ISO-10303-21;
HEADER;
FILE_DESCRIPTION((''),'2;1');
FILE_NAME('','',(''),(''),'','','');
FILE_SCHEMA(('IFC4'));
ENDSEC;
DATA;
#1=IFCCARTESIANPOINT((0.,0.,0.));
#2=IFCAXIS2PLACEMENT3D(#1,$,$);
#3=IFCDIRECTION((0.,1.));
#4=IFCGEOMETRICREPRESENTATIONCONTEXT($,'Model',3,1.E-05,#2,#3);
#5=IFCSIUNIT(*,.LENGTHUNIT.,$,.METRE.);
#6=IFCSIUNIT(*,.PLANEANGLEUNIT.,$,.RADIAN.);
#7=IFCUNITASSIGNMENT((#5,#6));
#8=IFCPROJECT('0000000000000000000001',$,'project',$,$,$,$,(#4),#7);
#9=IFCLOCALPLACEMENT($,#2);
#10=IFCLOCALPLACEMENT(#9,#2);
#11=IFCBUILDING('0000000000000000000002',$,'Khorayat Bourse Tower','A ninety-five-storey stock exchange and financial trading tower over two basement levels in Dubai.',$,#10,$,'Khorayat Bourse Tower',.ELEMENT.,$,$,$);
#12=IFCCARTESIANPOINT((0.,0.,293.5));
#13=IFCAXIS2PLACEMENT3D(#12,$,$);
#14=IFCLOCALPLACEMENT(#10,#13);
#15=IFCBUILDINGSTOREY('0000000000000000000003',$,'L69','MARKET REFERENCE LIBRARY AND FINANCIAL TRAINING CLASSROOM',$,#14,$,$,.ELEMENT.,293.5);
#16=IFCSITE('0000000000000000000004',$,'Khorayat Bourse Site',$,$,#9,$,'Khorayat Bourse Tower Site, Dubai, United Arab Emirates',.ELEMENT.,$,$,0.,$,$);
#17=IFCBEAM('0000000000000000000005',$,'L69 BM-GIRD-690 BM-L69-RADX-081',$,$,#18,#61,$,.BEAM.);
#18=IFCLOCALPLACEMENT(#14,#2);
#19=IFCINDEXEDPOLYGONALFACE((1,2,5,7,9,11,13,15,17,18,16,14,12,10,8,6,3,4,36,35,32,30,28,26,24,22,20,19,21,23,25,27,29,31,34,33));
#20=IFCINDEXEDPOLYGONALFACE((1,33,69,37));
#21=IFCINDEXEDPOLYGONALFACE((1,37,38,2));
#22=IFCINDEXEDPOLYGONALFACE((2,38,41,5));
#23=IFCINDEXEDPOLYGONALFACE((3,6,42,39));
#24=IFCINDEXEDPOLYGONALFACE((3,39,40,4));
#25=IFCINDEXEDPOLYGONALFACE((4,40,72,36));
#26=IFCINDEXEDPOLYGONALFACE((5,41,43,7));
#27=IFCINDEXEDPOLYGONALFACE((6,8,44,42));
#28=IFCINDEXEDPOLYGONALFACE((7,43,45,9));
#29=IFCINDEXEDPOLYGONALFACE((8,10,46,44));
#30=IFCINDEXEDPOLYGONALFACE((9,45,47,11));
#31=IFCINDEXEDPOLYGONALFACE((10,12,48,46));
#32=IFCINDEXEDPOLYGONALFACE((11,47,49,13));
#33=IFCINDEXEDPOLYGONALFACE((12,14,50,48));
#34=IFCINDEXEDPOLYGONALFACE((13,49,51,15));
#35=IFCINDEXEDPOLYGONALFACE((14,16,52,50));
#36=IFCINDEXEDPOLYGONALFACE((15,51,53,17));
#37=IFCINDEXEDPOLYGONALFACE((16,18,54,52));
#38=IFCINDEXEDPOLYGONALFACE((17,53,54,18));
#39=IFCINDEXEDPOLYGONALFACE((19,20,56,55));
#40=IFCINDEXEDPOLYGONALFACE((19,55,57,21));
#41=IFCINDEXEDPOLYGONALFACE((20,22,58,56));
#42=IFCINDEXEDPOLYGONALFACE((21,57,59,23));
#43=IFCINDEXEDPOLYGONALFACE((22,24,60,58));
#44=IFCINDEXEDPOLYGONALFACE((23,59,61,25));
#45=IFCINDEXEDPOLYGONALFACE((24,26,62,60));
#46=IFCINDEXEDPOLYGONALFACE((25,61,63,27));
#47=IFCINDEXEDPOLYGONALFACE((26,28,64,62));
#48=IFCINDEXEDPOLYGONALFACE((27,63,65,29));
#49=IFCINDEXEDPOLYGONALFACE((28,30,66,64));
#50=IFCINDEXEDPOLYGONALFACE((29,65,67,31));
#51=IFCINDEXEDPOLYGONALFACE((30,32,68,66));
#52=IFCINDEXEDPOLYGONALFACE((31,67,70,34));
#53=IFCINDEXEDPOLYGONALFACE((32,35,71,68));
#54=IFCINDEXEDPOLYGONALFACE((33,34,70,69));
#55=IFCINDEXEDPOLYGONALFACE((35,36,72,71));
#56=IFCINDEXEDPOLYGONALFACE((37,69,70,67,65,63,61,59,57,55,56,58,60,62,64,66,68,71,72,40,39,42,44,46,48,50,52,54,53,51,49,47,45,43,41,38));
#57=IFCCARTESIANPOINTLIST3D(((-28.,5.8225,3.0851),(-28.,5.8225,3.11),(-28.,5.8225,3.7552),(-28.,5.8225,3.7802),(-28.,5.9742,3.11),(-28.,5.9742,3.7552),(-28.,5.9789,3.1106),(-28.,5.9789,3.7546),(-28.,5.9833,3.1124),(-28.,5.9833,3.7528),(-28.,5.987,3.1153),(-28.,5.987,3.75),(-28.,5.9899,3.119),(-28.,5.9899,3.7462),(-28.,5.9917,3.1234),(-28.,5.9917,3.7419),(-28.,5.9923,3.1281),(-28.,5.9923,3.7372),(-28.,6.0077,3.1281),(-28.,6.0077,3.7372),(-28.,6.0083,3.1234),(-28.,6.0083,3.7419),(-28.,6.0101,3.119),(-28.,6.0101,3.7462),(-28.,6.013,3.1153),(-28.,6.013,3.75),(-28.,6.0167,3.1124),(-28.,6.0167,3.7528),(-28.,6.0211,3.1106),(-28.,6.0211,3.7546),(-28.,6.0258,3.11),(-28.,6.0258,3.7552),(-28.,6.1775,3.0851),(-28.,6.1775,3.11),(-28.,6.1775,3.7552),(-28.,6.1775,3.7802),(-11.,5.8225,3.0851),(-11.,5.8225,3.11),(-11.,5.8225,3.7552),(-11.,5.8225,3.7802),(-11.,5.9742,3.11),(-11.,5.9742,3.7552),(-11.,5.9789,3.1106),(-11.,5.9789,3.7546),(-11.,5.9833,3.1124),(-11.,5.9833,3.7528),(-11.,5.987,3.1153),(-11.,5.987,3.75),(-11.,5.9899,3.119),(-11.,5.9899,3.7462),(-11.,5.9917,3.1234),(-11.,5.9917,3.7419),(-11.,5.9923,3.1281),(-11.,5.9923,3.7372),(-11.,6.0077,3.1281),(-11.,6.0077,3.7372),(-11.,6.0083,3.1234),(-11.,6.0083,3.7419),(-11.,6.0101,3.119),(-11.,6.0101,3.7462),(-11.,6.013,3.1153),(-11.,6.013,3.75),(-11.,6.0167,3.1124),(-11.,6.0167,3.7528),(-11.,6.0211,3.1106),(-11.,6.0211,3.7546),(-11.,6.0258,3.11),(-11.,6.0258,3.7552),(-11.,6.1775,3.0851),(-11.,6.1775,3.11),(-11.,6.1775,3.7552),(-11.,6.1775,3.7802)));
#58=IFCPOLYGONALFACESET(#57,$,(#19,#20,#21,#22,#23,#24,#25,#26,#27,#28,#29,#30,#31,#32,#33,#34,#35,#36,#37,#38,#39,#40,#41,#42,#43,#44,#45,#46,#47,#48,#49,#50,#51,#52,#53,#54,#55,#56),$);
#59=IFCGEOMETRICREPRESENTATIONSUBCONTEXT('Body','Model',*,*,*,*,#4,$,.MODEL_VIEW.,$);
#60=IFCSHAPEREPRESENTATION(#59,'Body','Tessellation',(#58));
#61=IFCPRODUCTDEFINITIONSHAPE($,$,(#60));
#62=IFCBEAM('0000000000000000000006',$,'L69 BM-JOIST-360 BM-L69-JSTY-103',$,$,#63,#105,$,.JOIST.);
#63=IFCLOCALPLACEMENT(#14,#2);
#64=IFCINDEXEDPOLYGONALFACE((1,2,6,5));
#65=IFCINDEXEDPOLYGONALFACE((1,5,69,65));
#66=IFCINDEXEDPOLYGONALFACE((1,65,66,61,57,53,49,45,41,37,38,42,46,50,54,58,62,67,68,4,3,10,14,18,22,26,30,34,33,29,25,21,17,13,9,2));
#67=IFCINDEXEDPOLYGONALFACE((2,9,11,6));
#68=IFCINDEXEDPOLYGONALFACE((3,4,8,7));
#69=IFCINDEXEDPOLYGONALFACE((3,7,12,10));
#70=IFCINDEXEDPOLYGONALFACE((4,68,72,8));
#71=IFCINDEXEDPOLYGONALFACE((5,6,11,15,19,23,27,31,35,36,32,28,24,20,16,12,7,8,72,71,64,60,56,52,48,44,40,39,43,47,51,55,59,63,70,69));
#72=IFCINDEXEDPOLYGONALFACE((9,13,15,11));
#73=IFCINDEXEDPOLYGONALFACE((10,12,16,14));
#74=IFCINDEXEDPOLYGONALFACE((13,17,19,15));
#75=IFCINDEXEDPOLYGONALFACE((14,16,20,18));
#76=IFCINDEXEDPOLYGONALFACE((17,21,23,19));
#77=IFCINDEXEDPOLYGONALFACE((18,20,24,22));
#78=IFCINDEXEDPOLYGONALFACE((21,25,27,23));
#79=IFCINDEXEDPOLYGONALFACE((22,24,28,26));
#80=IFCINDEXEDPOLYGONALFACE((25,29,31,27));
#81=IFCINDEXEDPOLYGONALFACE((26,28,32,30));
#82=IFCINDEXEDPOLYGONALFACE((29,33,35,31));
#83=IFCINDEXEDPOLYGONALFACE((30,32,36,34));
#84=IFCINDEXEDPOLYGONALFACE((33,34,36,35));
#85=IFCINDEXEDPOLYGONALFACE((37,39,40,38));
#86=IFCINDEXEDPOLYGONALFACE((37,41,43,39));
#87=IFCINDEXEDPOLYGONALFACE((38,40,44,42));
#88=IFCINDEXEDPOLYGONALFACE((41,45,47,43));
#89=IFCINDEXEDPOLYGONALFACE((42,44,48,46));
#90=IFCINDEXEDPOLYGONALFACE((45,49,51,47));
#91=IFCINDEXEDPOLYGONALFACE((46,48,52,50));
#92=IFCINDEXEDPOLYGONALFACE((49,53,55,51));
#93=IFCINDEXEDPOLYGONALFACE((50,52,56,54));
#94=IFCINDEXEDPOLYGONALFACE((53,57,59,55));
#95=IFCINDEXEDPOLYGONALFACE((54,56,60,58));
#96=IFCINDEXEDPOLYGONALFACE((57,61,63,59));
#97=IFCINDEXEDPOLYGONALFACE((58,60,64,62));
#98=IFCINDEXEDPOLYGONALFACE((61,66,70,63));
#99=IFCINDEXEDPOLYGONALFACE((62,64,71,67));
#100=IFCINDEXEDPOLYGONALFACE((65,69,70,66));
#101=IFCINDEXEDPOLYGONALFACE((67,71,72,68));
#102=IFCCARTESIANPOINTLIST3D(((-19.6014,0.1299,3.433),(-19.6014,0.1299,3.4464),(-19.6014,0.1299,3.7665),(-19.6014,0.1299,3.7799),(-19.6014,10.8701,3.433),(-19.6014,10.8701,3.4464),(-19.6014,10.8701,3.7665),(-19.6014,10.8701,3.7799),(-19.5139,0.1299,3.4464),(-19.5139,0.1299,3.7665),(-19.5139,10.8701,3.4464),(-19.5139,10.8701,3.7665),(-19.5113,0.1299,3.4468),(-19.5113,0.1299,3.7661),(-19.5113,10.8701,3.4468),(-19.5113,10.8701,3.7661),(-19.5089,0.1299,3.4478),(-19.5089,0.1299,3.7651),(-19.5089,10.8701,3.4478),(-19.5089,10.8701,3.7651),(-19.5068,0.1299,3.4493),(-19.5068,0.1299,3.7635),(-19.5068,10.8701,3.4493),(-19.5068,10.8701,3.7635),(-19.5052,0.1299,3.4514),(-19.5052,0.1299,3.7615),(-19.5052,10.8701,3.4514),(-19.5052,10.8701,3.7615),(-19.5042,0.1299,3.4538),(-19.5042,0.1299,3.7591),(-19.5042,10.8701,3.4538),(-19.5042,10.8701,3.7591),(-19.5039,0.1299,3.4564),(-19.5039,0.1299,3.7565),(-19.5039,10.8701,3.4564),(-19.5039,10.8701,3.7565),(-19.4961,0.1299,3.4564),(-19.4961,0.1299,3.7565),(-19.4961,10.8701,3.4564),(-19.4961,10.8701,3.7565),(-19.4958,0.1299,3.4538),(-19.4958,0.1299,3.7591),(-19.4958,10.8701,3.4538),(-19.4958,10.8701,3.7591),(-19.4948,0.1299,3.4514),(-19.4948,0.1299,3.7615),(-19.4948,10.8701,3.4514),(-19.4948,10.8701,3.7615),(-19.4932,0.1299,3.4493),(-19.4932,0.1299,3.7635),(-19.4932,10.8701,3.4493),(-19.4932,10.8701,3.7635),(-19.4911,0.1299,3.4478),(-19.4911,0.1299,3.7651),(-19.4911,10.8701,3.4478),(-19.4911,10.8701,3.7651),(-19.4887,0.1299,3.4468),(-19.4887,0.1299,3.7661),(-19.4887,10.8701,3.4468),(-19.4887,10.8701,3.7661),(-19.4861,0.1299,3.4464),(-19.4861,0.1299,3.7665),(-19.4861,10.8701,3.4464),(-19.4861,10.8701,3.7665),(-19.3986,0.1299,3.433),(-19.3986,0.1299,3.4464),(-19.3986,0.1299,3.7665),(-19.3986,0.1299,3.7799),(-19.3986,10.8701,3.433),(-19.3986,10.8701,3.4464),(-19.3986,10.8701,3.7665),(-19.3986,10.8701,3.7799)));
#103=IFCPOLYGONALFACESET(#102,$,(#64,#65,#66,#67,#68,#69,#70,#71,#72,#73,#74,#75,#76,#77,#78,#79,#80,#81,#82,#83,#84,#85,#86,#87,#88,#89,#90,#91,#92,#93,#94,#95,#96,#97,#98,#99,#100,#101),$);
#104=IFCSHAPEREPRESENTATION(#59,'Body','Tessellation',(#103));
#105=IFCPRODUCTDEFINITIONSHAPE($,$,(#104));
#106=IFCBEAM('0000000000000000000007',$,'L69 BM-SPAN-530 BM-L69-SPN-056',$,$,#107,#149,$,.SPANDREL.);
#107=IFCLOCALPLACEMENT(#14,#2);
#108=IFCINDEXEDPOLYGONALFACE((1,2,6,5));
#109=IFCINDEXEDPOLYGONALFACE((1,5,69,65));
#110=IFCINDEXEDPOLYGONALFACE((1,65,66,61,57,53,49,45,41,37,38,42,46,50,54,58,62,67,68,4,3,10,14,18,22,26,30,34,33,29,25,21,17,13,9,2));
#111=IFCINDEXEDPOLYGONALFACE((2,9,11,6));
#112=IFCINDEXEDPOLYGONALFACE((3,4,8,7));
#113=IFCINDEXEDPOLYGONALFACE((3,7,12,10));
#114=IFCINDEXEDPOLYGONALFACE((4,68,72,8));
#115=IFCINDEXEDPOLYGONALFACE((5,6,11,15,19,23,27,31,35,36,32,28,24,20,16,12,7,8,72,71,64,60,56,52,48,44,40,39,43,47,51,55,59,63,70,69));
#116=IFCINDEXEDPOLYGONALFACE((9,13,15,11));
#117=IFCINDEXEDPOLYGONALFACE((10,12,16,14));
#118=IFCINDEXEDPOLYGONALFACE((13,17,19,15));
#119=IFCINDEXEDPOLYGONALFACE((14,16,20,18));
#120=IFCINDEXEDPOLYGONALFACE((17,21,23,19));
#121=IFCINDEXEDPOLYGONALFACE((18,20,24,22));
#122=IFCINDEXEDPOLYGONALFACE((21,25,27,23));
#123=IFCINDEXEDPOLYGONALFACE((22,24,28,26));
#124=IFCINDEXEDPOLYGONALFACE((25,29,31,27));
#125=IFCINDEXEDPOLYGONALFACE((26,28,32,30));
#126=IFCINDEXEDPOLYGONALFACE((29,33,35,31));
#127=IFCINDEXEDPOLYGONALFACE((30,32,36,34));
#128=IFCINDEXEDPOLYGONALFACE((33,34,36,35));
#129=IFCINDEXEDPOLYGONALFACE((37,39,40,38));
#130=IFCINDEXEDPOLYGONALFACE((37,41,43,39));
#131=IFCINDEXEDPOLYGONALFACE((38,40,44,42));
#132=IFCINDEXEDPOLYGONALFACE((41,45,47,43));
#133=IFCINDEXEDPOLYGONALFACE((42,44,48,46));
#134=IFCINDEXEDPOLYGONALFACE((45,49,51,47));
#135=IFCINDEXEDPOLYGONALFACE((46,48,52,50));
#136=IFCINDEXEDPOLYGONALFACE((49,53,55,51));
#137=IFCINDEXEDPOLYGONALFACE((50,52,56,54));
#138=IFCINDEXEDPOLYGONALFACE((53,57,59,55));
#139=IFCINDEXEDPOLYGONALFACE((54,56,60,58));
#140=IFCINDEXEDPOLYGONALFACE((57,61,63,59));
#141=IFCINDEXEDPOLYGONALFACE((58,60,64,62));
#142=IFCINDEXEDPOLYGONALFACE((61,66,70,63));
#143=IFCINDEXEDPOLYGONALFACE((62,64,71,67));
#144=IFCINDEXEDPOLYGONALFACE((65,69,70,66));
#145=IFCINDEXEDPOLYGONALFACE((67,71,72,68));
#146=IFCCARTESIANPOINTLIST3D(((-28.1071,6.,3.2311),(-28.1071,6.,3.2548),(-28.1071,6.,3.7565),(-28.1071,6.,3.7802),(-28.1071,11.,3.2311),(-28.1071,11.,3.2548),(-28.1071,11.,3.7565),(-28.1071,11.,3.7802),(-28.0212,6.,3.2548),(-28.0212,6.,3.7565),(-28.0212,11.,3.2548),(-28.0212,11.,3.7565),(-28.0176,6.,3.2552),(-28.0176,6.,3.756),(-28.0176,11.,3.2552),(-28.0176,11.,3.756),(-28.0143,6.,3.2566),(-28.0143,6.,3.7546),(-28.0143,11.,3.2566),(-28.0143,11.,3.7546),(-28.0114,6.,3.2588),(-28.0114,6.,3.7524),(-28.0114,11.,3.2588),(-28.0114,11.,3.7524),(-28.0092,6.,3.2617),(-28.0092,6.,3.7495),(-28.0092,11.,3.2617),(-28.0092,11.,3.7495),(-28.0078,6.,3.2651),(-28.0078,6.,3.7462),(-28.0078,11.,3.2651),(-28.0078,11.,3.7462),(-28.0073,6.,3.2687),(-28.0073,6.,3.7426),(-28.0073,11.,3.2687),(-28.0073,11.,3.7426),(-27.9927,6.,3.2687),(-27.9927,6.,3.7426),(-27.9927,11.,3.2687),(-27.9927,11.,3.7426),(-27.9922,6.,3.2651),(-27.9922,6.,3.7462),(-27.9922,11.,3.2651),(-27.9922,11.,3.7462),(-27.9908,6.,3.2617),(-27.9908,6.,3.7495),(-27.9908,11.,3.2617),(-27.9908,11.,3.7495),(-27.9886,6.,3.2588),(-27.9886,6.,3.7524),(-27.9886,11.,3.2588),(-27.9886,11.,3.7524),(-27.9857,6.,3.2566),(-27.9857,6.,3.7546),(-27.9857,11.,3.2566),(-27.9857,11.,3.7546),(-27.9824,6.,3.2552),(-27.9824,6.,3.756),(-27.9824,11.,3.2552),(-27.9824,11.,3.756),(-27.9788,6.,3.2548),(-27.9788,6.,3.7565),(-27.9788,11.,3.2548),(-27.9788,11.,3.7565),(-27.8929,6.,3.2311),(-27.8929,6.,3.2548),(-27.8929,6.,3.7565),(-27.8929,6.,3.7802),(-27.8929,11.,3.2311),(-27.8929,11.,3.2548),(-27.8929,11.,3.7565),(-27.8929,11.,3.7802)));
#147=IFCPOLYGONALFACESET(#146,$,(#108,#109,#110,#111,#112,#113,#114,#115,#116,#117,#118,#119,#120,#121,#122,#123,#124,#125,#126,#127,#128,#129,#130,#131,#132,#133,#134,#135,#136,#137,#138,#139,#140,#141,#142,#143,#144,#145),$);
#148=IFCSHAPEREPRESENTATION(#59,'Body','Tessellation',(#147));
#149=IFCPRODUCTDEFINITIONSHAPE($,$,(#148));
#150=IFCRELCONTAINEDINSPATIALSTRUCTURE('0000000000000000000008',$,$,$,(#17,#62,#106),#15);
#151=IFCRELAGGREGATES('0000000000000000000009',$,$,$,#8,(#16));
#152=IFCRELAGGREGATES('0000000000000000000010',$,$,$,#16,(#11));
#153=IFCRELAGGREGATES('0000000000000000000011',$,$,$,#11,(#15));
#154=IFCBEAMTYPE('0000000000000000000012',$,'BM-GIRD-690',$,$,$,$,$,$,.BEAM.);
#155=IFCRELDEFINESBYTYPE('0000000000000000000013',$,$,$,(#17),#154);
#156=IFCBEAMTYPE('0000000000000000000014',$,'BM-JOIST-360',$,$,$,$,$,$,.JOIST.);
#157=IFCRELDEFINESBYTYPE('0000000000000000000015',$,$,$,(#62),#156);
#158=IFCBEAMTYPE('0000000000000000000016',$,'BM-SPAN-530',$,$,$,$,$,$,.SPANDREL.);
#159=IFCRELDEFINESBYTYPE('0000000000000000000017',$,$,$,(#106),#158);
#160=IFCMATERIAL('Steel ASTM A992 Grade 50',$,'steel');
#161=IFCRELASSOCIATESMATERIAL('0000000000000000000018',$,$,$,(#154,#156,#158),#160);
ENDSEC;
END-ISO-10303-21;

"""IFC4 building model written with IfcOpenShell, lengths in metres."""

from ifc_helpers import new_model, si_unit, direction, frame, origin, origin_2d, place, context, subcontext, project, spatial, i_section, extrude, source, transform, mapped, material, material_profile, profile_set, type_object, element, save


model = new_model("IFC4")

# Units and contexts
model_context = context("Model", 3, precision=1e-05, world=origin(), true_north=direction((0.0, 1.0)))
body_context = subcontext(model_context, "Body", "Model", "MODEL_VIEW")
ifc_project = project(units=[si_unit("LENGTHUNIT", "METRE"), si_unit("PLANEANGLEUNIT", "RADIAN")], contexts=[model_context])

# Site, building, storey
site_placement = place(None, origin())
site = spatial("IfcSite", under=ifc_project, at=site_placement, Name="Khorayat Bourse Site", LongName="Khorayat Bourse Tower Site, Dubai, United Arab Emirates", CompositionType="ELEMENT", RefElevation=0.0)
building_placement = place(site_placement, origin())
building = spatial("IfcBuilding", under=site, at=building_placement, Name="Khorayat Bourse Tower", Description="A ninety-five-storey stock exchange and financial trading tower over two basement levels in Dubai.", LongName="Khorayat Bourse Tower", CompositionType="ELEMENT")
storey_placement = place(building_placement, frame((0.0, 0.0, 293.5)))
storey = spatial("IfcBuildingStorey", under=building, at=storey_placement, Name="L69", Description="MARKET REFERENCE LIBRARY AND FINANCIAL TRAINING CLASSROOM", CompositionType="ELEMENT", Elevation=293.5)

# Beams
ifc_material_1 = material(Name="Steel ASTM A992 Grade 50", Category="steel")
ifc_material_profile_1 = material_profile(ifc_material_1, i_section(OverallWidth=0.355, OverallDepth=0.6951, WebThickness=0.0154, FlangeThickness=0.0249, FilletRadius=0.0181, at=origin_2d()), Name="W690X217")
ifc_profile_set_1 = profile_set([ifc_material_profile_1], Name="Steel ASTM A992 Grade 50")
beam_type_1 = type_object("IfcBeamType", Name="BM-GIRD-690", PredefinedType="BEAM", material=ifc_profile_set_1)
shared_shape_1 = source(origin(), body_context, "Body", "SweptSolid", [
    extrude(i_section(OverallWidth=0.355, OverallDepth=0.6951, WebThickness=0.0154, FlangeThickness=0.0249, FilletRadius=0.0181, at=origin_2d()), origin(), (0.0, 0.0, 1.0), 17.0),
])
for number, where, z_axis, x_axis, name in (
    (1, (-28.0, 6.0, 3.4326), (1.0, 0.0, 0.0), (0.0, 1.0, 0.0), "L69 BM-GIRD-690 BM-L69-RADX-081"),
):
    element("IfcBeam", number, at=place(storey_placement, frame(where, z_axis=z_axis, x_axis=x_axis)), inside=storey, type_object=beam_type_1, Name=name, PredefinedType="BEAM", context=body_context, shape_type="MappedRepresentation", body=[
        mapped(shared_shape_1, transform((0.0, 0.0, 0.0), scale=1.0)),
    ])
ifc_material_profile_2 = material_profile(ifc_material_1, i_section(OverallWidth=0.2029, OverallDepth=0.3469, WebThickness=0.0078, FlangeThickness=0.0134, FilletRadius=0.01, at=origin_2d()), Name="W360X64")
ifc_profile_set_2 = profile_set([ifc_material_profile_2], Name="Steel ASTM A992 Grade 50")
beam_type_2 = type_object("IfcBeamType", Name="BM-JOIST-360", PredefinedType="JOIST", material=ifc_profile_set_2)
shared_shape_2 = source(origin(), body_context, "Body", "SweptSolid", [
    extrude(i_section(OverallWidth=0.2029, OverallDepth=0.3469, WebThickness=0.0078, FlangeThickness=0.0134, FilletRadius=0.01, at=origin_2d()), origin(), (0.0, 0.0, 1.0), 10.7402),
])
beam_1_placement = place(storey_placement, frame((-19.5, 0.1299, 3.6064), z_axis=(0.0, 1.0, 0.0), x_axis=(-1.0, 0.0, 0.0)))
element("IfcBeam", 2, at=beam_1_placement, inside=storey, type_object=beam_type_2, Name="L69 BM-JOIST-360 BM-L69-JSTY-103", PredefinedType="JOIST", context=body_context, shape_type="MappedRepresentation", body=[
    mapped(shared_shape_2, transform((0.0, 0.0, 0.0), scale=1.0)),
])
ifc_material_profile_3 = material_profile(ifc_material_1, i_section(OverallWidth=0.2141, OverallDepth=0.5491, WebThickness=0.0146, FlangeThickness=0.0237, FilletRadius=0.0139, at=origin_2d()), Name="W530X138")
ifc_profile_set_3 = profile_set([ifc_material_profile_3], Name="Steel ASTM A992 Grade 50")
beam_type_3 = type_object("IfcBeamType", Name="BM-SPAN-530", PredefinedType="SPANDREL", material=ifc_profile_set_3)
shared_shape_3 = source(origin(), body_context, "Body", "SweptSolid", [
    extrude(i_section(OverallWidth=0.2141, OverallDepth=0.5491, WebThickness=0.0146, FlangeThickness=0.0237, FilletRadius=0.0139, at=origin_2d()), origin(), (0.0, 0.0, 1.0), 5.0),
])
beam_2_placement = place(storey_placement, frame((-28.0, 6.0, 3.5056), z_axis=(0.0, 1.0, 0.0), x_axis=(-1.0, 0.0, 0.0)))
element("IfcBeam", 3, at=beam_2_placement, inside=storey, type_object=beam_type_3, Name="L69 BM-SPAN-530 BM-L69-SPN-056", PredefinedType="SPANDREL", context=body_context, shape_type="MappedRepresentation", body=[
    mapped(shared_shape_3, transform((0.0, 0.0, 0.0), scale=1.0)),
])

save(model, "model.ifc")
